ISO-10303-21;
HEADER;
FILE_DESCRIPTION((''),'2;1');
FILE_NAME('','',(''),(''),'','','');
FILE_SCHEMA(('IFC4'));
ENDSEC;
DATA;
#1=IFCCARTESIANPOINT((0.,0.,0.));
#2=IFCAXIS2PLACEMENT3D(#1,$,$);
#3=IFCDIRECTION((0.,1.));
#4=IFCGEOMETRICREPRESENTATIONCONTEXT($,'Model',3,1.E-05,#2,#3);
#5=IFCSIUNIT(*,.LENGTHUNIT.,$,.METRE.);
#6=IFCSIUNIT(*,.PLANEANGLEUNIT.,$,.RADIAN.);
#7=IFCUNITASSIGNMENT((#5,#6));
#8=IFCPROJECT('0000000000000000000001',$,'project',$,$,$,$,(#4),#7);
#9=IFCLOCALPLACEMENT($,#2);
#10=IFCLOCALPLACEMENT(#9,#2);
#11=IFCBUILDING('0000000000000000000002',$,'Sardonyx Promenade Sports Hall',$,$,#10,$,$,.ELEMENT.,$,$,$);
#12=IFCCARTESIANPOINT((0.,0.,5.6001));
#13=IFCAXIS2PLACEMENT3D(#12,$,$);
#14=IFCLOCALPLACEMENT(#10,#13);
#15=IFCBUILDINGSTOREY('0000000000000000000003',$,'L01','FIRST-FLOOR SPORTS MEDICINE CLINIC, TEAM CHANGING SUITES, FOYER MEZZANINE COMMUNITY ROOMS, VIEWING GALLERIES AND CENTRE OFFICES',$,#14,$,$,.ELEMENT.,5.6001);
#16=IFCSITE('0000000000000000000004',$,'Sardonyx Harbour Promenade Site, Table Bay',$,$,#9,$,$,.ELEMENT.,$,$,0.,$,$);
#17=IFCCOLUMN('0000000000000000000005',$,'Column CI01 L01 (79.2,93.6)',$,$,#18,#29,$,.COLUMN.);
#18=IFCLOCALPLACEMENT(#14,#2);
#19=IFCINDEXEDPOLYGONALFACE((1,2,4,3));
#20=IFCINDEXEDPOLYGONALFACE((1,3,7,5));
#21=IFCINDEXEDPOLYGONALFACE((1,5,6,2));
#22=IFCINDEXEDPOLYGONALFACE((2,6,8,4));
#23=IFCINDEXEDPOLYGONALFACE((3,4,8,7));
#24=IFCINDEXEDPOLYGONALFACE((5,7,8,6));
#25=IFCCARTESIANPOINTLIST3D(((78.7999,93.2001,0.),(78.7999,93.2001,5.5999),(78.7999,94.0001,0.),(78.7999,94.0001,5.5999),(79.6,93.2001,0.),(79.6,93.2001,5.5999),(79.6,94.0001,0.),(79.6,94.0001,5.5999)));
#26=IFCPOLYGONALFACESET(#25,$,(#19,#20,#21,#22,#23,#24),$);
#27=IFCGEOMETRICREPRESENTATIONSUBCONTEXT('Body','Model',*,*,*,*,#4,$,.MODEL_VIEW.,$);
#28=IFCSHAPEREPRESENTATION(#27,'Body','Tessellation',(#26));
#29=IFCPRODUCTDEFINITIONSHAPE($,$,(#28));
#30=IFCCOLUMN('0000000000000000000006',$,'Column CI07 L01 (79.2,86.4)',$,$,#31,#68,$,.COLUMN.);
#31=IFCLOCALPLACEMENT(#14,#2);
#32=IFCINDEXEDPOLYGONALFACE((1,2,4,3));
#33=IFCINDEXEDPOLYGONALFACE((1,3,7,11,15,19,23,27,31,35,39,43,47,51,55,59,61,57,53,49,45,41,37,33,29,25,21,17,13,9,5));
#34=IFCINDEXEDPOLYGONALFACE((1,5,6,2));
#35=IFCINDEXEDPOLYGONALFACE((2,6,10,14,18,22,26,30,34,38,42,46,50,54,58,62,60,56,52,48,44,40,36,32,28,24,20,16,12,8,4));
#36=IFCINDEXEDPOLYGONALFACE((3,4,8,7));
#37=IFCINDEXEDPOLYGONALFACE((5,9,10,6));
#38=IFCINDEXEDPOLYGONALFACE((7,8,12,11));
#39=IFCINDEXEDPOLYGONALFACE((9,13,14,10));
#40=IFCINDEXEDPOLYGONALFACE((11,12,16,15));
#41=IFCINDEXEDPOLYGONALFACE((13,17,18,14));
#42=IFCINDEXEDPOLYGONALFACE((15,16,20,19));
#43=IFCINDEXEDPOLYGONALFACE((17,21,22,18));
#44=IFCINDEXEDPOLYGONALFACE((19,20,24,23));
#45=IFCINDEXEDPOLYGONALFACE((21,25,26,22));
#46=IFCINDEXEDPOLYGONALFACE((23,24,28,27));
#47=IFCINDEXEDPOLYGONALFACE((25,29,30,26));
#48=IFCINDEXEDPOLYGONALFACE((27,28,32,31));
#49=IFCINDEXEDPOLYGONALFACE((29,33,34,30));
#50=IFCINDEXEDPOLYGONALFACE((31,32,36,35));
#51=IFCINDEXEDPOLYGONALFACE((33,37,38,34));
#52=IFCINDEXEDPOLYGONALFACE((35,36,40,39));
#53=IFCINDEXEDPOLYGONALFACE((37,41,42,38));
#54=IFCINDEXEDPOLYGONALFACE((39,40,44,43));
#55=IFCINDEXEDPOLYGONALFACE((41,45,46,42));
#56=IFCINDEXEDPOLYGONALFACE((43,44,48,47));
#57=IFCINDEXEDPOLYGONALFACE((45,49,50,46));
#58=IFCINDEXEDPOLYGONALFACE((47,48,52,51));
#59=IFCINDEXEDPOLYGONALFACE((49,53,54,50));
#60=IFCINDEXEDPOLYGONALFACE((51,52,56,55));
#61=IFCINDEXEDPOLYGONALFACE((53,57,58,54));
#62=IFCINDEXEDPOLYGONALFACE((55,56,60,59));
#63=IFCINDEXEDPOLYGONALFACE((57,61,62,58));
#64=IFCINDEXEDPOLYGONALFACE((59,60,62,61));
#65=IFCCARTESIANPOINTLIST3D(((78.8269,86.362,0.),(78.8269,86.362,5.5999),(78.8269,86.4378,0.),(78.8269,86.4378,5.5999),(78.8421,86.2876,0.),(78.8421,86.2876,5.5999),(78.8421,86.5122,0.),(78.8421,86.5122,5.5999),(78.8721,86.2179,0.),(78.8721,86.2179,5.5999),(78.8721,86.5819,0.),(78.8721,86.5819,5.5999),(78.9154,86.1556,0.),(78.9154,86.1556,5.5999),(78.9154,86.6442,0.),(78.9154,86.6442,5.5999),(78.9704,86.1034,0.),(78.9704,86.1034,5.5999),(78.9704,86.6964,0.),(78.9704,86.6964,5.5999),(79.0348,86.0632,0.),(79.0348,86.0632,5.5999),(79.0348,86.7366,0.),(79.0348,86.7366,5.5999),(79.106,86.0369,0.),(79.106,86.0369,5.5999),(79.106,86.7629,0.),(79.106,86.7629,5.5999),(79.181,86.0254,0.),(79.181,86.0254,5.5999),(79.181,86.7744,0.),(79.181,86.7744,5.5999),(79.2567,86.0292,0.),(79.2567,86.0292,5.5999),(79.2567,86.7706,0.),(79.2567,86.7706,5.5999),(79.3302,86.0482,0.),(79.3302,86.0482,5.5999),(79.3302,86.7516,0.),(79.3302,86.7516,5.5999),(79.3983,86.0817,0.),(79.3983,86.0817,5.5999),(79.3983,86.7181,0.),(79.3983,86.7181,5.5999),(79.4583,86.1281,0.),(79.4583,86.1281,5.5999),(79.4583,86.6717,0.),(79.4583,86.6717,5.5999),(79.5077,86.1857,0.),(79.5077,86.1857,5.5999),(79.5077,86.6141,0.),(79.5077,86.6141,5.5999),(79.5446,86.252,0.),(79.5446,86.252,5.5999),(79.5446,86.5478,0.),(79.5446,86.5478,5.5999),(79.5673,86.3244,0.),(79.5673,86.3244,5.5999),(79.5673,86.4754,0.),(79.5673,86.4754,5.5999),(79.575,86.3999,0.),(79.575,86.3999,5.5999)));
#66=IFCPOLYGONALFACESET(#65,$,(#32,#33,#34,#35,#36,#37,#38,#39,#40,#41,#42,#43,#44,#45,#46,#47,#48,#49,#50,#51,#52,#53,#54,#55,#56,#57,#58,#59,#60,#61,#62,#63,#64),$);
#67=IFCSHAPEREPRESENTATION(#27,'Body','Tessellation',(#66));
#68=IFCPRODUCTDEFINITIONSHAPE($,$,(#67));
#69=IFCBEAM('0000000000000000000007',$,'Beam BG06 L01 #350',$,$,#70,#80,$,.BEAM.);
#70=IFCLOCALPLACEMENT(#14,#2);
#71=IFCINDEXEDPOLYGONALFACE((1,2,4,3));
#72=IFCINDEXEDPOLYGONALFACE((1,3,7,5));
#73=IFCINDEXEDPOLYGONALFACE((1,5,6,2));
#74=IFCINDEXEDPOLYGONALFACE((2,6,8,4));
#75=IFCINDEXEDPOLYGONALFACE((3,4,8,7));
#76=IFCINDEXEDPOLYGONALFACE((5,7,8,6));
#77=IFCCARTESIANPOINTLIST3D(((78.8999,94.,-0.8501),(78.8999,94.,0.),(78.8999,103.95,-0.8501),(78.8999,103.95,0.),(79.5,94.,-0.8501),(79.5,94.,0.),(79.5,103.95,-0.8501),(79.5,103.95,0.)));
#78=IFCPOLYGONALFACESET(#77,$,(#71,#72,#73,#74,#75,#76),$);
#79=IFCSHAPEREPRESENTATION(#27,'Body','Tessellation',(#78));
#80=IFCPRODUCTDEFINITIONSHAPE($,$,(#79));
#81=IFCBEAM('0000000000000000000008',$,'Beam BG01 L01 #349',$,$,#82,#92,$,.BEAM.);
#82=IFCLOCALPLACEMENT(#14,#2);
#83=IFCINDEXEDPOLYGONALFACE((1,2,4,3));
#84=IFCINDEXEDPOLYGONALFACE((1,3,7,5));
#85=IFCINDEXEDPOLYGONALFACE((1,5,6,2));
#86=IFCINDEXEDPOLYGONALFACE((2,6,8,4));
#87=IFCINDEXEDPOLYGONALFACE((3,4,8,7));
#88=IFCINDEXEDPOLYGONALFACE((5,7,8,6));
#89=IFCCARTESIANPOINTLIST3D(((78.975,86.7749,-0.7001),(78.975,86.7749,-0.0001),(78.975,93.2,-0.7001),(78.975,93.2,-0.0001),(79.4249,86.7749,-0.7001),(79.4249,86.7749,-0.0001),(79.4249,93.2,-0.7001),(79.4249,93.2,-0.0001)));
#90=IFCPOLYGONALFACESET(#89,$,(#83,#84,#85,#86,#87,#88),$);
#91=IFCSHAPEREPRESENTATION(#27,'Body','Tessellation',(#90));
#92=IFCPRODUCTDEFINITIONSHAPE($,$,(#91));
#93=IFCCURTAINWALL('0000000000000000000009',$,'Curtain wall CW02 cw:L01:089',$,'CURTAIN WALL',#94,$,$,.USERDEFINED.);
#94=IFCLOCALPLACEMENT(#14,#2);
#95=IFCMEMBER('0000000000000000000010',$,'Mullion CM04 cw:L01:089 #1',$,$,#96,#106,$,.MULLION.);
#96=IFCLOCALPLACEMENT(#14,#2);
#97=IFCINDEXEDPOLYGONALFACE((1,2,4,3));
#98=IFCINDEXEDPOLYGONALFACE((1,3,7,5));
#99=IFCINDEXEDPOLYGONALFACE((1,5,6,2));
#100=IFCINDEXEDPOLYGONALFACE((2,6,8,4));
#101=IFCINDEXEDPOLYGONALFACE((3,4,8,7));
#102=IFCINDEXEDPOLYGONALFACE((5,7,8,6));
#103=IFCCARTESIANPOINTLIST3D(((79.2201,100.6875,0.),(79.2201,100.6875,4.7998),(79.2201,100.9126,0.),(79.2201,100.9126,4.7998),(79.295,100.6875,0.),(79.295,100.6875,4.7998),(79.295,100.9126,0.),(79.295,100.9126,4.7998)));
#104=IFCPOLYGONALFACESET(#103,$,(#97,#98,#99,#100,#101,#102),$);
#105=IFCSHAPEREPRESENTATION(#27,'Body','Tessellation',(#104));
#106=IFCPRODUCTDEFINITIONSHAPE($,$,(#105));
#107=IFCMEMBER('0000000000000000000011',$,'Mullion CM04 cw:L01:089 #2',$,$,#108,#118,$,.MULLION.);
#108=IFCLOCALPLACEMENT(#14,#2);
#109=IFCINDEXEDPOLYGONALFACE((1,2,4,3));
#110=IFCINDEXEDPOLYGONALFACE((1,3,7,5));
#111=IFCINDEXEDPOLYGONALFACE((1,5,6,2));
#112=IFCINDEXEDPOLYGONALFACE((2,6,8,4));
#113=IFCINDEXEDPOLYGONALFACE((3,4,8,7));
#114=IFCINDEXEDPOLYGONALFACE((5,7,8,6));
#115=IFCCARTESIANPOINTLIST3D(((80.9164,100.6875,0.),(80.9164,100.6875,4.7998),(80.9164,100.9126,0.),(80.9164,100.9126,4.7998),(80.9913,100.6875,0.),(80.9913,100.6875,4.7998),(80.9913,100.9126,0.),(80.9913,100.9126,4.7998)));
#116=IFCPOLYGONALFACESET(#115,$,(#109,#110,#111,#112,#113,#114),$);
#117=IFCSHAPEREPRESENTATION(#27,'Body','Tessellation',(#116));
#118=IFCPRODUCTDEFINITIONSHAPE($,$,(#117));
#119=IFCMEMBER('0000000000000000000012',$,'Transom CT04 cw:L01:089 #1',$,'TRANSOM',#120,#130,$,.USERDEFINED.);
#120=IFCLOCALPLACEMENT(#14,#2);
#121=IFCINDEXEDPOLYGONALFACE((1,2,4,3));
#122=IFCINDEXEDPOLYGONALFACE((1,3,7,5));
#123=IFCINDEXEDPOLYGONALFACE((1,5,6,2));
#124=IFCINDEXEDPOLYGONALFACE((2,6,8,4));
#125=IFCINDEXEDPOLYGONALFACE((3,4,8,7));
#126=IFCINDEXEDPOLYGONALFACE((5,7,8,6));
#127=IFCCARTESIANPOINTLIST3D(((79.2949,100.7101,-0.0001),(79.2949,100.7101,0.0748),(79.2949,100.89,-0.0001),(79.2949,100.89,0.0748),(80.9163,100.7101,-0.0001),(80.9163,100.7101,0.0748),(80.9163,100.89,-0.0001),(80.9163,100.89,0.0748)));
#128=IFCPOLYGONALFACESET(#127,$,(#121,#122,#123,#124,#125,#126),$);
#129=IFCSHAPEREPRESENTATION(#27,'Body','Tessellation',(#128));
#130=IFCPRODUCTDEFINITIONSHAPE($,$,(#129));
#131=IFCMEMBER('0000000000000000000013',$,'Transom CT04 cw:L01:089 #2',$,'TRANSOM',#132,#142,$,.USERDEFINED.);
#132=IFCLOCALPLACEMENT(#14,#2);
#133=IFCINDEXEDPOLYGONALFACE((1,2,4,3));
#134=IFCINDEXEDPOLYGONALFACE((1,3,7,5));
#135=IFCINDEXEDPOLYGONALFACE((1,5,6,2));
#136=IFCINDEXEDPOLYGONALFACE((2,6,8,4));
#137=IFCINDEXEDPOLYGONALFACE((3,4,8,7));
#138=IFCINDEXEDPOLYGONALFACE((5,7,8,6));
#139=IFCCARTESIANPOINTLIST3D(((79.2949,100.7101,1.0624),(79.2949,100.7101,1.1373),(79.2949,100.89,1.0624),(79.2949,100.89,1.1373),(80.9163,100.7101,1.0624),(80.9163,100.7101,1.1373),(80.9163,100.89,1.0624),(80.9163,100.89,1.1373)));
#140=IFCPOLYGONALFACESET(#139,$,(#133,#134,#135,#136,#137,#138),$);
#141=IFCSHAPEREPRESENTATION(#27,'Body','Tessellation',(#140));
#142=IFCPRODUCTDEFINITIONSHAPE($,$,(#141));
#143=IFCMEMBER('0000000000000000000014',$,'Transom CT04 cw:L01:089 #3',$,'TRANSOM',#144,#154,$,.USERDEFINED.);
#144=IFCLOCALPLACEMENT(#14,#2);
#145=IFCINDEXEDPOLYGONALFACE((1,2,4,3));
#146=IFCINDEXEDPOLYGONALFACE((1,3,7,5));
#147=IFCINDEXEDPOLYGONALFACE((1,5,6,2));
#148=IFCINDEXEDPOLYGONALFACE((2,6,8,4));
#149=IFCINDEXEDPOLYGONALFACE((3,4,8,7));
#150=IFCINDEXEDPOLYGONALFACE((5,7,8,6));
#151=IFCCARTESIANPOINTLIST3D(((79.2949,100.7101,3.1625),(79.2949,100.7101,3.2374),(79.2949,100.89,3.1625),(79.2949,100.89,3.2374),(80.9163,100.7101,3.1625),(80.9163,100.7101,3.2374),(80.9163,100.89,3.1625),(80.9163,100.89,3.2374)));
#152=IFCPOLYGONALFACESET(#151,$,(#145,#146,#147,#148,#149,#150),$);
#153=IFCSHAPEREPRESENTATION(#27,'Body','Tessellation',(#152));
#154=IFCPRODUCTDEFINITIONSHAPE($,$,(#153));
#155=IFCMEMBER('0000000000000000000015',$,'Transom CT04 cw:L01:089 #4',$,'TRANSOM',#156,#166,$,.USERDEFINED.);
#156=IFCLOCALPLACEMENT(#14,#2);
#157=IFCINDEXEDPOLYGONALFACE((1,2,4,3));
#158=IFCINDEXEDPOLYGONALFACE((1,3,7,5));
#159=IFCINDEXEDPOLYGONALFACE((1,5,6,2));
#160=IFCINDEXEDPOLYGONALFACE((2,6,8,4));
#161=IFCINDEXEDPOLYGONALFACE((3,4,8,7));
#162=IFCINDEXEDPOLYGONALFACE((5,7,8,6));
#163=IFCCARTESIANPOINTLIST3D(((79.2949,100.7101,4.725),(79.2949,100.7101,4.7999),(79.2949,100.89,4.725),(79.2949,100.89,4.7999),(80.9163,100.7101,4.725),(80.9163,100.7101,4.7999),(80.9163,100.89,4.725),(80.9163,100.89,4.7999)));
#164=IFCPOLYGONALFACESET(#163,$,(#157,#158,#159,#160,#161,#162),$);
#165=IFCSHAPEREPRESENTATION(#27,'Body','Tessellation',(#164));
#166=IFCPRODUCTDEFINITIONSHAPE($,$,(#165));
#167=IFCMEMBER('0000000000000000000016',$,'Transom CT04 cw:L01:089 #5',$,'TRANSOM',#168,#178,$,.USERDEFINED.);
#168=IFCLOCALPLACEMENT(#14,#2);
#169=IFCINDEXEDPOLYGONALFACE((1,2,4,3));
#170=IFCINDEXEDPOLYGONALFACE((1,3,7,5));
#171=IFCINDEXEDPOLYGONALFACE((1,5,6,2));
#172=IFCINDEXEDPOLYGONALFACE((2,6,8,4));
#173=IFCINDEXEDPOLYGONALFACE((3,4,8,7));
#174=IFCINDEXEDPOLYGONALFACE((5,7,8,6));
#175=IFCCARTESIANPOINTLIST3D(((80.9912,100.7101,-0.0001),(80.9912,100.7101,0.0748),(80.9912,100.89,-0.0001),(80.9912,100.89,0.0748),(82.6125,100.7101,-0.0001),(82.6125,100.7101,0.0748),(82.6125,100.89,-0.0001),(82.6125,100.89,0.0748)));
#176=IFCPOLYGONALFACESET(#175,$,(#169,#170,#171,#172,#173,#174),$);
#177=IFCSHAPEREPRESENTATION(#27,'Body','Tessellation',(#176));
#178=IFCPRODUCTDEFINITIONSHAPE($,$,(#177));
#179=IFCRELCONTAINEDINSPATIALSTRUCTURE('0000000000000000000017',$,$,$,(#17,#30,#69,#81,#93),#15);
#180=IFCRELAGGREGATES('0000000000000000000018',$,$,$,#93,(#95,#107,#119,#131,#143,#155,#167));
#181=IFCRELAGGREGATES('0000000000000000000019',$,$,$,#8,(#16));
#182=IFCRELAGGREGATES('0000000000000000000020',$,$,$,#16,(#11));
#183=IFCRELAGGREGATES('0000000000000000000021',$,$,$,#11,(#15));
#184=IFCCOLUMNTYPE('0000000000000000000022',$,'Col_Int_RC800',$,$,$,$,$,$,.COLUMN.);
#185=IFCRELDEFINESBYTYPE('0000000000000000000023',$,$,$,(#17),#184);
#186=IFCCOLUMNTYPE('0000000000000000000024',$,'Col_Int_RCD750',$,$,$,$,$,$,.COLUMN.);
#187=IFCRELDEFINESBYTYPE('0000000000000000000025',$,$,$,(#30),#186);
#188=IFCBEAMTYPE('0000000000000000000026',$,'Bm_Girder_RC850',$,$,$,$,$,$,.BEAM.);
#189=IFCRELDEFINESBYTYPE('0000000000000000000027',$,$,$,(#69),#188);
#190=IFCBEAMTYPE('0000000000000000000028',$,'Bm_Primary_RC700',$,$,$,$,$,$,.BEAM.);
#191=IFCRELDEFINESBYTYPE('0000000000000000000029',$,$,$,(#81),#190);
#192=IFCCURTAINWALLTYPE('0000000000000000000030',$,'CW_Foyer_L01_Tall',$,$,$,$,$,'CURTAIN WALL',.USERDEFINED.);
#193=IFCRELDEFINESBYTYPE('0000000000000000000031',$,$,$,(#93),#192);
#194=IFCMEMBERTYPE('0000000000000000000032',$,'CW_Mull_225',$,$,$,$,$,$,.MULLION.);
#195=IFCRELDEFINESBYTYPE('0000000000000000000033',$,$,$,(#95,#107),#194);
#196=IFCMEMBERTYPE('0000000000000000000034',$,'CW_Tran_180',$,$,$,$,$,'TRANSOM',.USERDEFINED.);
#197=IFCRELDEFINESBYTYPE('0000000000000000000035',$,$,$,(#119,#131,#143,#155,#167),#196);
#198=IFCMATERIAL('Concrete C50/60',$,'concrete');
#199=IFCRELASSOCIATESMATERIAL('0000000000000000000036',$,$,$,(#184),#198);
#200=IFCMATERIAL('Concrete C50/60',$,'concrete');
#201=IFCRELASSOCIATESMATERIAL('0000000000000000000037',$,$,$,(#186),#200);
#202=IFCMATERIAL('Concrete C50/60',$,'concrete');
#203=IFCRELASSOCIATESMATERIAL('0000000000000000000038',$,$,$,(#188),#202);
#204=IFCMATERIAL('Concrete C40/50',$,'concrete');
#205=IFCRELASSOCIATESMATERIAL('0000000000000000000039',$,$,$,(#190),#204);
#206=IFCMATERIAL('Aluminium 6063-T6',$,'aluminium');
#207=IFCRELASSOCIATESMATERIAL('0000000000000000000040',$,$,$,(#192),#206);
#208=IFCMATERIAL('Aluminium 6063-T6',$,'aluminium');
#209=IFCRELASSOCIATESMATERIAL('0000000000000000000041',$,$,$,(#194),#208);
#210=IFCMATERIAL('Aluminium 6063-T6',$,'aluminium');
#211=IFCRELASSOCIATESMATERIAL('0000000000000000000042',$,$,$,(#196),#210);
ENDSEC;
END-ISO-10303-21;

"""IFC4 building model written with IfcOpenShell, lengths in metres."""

from ifc_helpers import new_model, si_unit, direction, frame, origin, origin_2d, place, context, subcontext, project, spatial, rectangle, circle, extrude, material, material_profile, profile_set, type_object, element, aggregate, save


model = new_model("IFC4")

# Units and contexts
model_context = context("Model", 3, precision=1e-05, world=origin(), true_north=direction((0.0, 1.0)))
body_context = subcontext(model_context, "Body", "Model", "MODEL_VIEW")
ifc_project = project(units=[si_unit("LENGTHUNIT", "METRE"), si_unit("PLANEANGLEUNIT", "RADIAN")], contexts=[model_context])

# Site, building, storey
site_placement = place(None, origin())
site = spatial("IfcSite", under=ifc_project, at=site_placement, Name="Sardonyx Harbour Promenade Site, Table Bay", CompositionType="ELEMENT", RefElevation=0.0)
building_placement = place(site_placement, origin())
building = spatial("IfcBuilding", under=site, at=building_placement, Name="Sardonyx Promenade Sports Hall", CompositionType="ELEMENT")
storey_placement = place(building_placement, frame((0.0, 0.0, 5.6001)))
storey = spatial("IfcBuildingStorey", under=building, at=storey_placement, Name="L01", Description="FIRST-FLOOR SPORTS MEDICINE CLINIC, TEAM CHANGING SUITES, FOYER MEZZANINE COMMUNITY ROOMS, VIEWING GALLERIES AND CENTRE OFFICES", CompositionType="ELEMENT", Elevation=5.6001)

# Columns
ifc_material_1 = material(Name="Concrete C50/60", Category="concrete")
ifc_material_profile_1 = material_profile(ifc_material_1, rectangle(XDim=0.8, YDim=0.8, at=origin_2d()))
ifc_profile_set_1 = profile_set([ifc_material_profile_1], Name="Concrete C50/60")
column_type_1 = type_object("IfcColumnType", Name="Col_Int_RC800", PredefinedType="COLUMN", material=ifc_profile_set_1)
column_1_placement = place(storey_placement, frame((79.2, 93.6001, 0.0), z_axis=(0.0, 0.0, 1.0), x_axis=(1.0, 0.0, 0.0)))
element("IfcColumn", 1, at=column_1_placement, inside=storey, type_object=column_type_1, Name="Column CI01 L01 (79.2,93.6)", PredefinedType="COLUMN", context=body_context, shape_type="SweptSolid", body=[
    extrude(rectangle(XDim=0.8, YDim=0.8, at=origin_2d()), origin(), (0.0, 0.0, 1.0), 5.5999),
])
ifc_material_2 = material(Name="Concrete C50/60", Category="concrete")
ifc_material_profile_2 = material_profile(ifc_material_2, circle(Radius=0.375, at=origin_2d()))
ifc_profile_set_2 = profile_set([ifc_material_profile_2], Name="Concrete C50/60")
column_type_2 = type_object("IfcColumnType", Name="Col_Int_RCD750", PredefinedType="COLUMN", material=ifc_profile_set_2)
column_2_placement = place(storey_placement, frame((79.2, 86.3999, 0.0), z_axis=(0.0, 0.0, 1.0), x_axis=(1.0, 0.0, 0.0)))
element("IfcColumn", 2, at=column_2_placement, inside=storey, type_object=column_type_2, Name="Column CI07 L01 (79.2,86.4)", PredefinedType="COLUMN", context=body_context, shape_type="SweptSolid", body=[
    extrude(circle(Radius=0.375, at=origin_2d()), origin(), (0.0, 0.0, 1.0), 5.5999),
])

# Beams
ifc_material_3 = material(Name="Concrete C50/60", Category="concrete")
ifc_material_profile_3 = material_profile(ifc_material_3, rectangle(XDim=0.6001, YDim=0.8501, at=origin_2d()))
ifc_profile_set_3 = profile_set([ifc_material_profile_3], Name="Concrete C50/60")
beam_type_1 = type_object("IfcBeamType", Name="Bm_Girder_RC850", PredefinedType="BEAM", material=ifc_profile_set_3)
beam_1_placement = place(storey_placement, frame((79.2, 94.0, -0.425), z_axis=(0.0, 1.0, 0.0), x_axis=(-1.0, 0.0, 0.0)))
element("IfcBeam", 3, at=beam_1_placement, inside=storey, type_object=beam_type_1, Name="Beam BG06 L01 #350", PredefinedType="BEAM", context=body_context, shape_type="SweptSolid", body=[
    extrude(rectangle(XDim=0.6001, YDim=0.8501, at=origin_2d()), origin(), (0.0, 0.0, 1.0), 9.95),
])
ifc_material_4 = material(Name="Concrete C40/50", Category="concrete")
ifc_material_profile_4 = material_profile(ifc_material_4, rectangle(XDim=0.45, YDim=0.7, at=origin_2d()))
ifc_profile_set_4 = profile_set([ifc_material_profile_4], Name="Concrete C40/50")
beam_type_2 = type_object("IfcBeamType", Name="Bm_Primary_RC700", PredefinedType="BEAM", material=ifc_profile_set_4)
beam_2_placement = place(storey_placement, frame((79.2, 86.7749, -0.3501), z_axis=(0.0, 1.0, 0.0), x_axis=(-1.0, 0.0, 0.0)))
element("IfcBeam", 4, at=beam_2_placement, inside=storey, type_object=beam_type_2, Name="Beam BG01 L01 #349", PredefinedType="BEAM", context=body_context, shape_type="SweptSolid", body=[
    extrude(rectangle(XDim=0.45, YDim=0.7, at=origin_2d()), origin(), (0.0, 0.0, 1.0), 6.425),
])

# Curtain wall, members
ifc_material_5 = material(Name="Aluminium 6063-T6", Category="aluminium")
curtain_wall_type = type_object("IfcCurtainWallType", Name="CW_Foyer_L01_Tall", ElementType="CURTAIN WALL", PredefinedType="USERDEFINED", material=ifc_material_5)
curtain_wall_placement = place(storey_placement, origin())
curtain_wall = element("IfcCurtainWall", 5, at=curtain_wall_placement, inside=storey, type_object=curtain_wall_type, Name="Curtain wall CW02 cw:L01:089", ObjectType="CURTAIN WALL", PredefinedType="USERDEFINED")
ifc_material_6 = material(Name="Aluminium 6063-T6", Category="aluminium")
ifc_material_profile_5 = material_profile(ifc_material_6, rectangle(XDim=0.075, YDim=0.2251, at=origin_2d()))
ifc_profile_set_5 = profile_set([ifc_material_profile_5], Name="Aluminium 6063-T6")
member_type_1 = type_object("IfcMemberType", Name="CW_Mull_225", PredefinedType="MULLION", material=ifc_profile_set_5)
member_1_placement = place(storey_placement, frame((79.2576, 100.8, 0.0), z_axis=(0.0, 0.0, 1.0), x_axis=(1.0, 0.0, 0.0)))
member_1 = element("IfcMember", 6, at=member_1_placement, type_object=member_type_1, Name="Mullion CM04 cw:L01:089 #1", PredefinedType="MULLION", context=body_context, shape_type="SweptSolid", body=[
    extrude(rectangle(XDim=0.075, YDim=0.2251, at=origin_2d()), origin(), (0.0, 0.0, 1.0), 4.7998),
])
member_2_placement = place(storey_placement, frame((80.9539, 100.8, 0.0), z_axis=(0.0, 0.0, 1.0), x_axis=(1.0, 0.0, 0.0)))
member_2 = element("IfcMember", 7, at=member_2_placement, type_object=member_type_1, Name="Mullion CM04 cw:L01:089 #2", PredefinedType="MULLION", context=body_context, shape_type="SweptSolid", body=[
    extrude(rectangle(XDim=0.075, YDim=0.2251, at=origin_2d()), origin(), (0.0, 0.0, 1.0), 4.7998),
])
ifc_material_7 = material(Name="Aluminium 6063-T6", Category="aluminium")
ifc_material_profile_6 = material_profile(ifc_material_7, rectangle(XDim=0.075, YDim=0.1799, at=origin_2d()))
ifc_profile_set_6 = profile_set([ifc_material_profile_6], Name="Aluminium 6063-T6")
member_type_2 = type_object("IfcMemberType", Name="CW_Tran_180", ElementType="TRANSOM", PredefinedType="USERDEFINED", material=ifc_profile_set_6)
member_3_placement = place(storey_placement, frame((79.2949, 100.8, 0.0374), z_axis=(1.0, 0.0, 0.0), x_axis=(0.0, 0.0, 1.0)))
member_3 = element("IfcMember", 8, at=member_3_placement, type_object=member_type_2, Name="Transom CT04 cw:L01:089 #1", ObjectType="TRANSOM", PredefinedType="USERDEFINED", context=body_context, shape_type="SweptSolid", body=[
    extrude(rectangle(XDim=0.075, YDim=0.1799, at=origin_2d()), origin(), (0.0, 0.0, 1.0), 1.6213),
])
member_4_placement = place(storey_placement, frame((79.2949, 100.8, 1.0999), z_axis=(1.0, 0.0, 0.0), x_axis=(0.0, 0.0, 1.0)))
member_4 = element("IfcMember", 9, at=member_4_placement, type_object=member_type_2, Name="Transom CT04 cw:L01:089 #2", ObjectType="TRANSOM", PredefinedType="USERDEFINED", context=body_context, shape_type="SweptSolid", body=[
    extrude(rectangle(XDim=0.075, YDim=0.1799, at=origin_2d()), origin(), (0.0, 0.0, 1.0), 1.6213),
])
member_5_placement = place(storey_placement, frame((79.2949, 100.8, 3.2), z_axis=(1.0, 0.0, 0.0), x_axis=(0.0, 0.0, 1.0)))
member_5 = element("IfcMember", 10, at=member_5_placement, type_object=member_type_2, Name="Transom CT04 cw:L01:089 #3", ObjectType="TRANSOM", PredefinedType="USERDEFINED", context=body_context, shape_type="SweptSolid", body=[
    extrude(rectangle(XDim=0.075, YDim=0.1799, at=origin_2d()), origin(), (0.0, 0.0, 1.0), 1.6213),
])
member_6_placement = place(storey_placement, frame((79.2949, 100.8, 4.7625), z_axis=(1.0, 0.0, 0.0), x_axis=(0.0, 0.0, 1.0)))
member_6 = element("IfcMember", 11, at=member_6_placement, type_object=member_type_2, Name="Transom CT04 cw:L01:089 #4", ObjectType="TRANSOM", PredefinedType="USERDEFINED", context=body_context, shape_type="SweptSolid", body=[
    extrude(rectangle(XDim=0.075, YDim=0.1799, at=origin_2d()), origin(), (0.0, 0.0, 1.0), 1.6213),
])
member_7_placement = place(storey_placement, frame((80.9912, 100.8, 0.0374), z_axis=(1.0, 0.0, 0.0), x_axis=(0.0, 0.0, 1.0)))
member_7 = element("IfcMember", 12, at=member_7_placement, type_object=member_type_2, Name="Transom CT04 cw:L01:089 #5", ObjectType="TRANSOM", PredefinedType="USERDEFINED", context=body_context, shape_type="SweptSolid", body=[
    extrude(rectangle(XDim=0.075, YDim=0.1799, at=origin_2d()), origin(), (0.0, 0.0, 1.0), 1.6213),
])

aggregate(curtain_wall, [member_1, member_2, member_3, member_4, member_5, member_6, member_7])

save(model, "model.ifc")
